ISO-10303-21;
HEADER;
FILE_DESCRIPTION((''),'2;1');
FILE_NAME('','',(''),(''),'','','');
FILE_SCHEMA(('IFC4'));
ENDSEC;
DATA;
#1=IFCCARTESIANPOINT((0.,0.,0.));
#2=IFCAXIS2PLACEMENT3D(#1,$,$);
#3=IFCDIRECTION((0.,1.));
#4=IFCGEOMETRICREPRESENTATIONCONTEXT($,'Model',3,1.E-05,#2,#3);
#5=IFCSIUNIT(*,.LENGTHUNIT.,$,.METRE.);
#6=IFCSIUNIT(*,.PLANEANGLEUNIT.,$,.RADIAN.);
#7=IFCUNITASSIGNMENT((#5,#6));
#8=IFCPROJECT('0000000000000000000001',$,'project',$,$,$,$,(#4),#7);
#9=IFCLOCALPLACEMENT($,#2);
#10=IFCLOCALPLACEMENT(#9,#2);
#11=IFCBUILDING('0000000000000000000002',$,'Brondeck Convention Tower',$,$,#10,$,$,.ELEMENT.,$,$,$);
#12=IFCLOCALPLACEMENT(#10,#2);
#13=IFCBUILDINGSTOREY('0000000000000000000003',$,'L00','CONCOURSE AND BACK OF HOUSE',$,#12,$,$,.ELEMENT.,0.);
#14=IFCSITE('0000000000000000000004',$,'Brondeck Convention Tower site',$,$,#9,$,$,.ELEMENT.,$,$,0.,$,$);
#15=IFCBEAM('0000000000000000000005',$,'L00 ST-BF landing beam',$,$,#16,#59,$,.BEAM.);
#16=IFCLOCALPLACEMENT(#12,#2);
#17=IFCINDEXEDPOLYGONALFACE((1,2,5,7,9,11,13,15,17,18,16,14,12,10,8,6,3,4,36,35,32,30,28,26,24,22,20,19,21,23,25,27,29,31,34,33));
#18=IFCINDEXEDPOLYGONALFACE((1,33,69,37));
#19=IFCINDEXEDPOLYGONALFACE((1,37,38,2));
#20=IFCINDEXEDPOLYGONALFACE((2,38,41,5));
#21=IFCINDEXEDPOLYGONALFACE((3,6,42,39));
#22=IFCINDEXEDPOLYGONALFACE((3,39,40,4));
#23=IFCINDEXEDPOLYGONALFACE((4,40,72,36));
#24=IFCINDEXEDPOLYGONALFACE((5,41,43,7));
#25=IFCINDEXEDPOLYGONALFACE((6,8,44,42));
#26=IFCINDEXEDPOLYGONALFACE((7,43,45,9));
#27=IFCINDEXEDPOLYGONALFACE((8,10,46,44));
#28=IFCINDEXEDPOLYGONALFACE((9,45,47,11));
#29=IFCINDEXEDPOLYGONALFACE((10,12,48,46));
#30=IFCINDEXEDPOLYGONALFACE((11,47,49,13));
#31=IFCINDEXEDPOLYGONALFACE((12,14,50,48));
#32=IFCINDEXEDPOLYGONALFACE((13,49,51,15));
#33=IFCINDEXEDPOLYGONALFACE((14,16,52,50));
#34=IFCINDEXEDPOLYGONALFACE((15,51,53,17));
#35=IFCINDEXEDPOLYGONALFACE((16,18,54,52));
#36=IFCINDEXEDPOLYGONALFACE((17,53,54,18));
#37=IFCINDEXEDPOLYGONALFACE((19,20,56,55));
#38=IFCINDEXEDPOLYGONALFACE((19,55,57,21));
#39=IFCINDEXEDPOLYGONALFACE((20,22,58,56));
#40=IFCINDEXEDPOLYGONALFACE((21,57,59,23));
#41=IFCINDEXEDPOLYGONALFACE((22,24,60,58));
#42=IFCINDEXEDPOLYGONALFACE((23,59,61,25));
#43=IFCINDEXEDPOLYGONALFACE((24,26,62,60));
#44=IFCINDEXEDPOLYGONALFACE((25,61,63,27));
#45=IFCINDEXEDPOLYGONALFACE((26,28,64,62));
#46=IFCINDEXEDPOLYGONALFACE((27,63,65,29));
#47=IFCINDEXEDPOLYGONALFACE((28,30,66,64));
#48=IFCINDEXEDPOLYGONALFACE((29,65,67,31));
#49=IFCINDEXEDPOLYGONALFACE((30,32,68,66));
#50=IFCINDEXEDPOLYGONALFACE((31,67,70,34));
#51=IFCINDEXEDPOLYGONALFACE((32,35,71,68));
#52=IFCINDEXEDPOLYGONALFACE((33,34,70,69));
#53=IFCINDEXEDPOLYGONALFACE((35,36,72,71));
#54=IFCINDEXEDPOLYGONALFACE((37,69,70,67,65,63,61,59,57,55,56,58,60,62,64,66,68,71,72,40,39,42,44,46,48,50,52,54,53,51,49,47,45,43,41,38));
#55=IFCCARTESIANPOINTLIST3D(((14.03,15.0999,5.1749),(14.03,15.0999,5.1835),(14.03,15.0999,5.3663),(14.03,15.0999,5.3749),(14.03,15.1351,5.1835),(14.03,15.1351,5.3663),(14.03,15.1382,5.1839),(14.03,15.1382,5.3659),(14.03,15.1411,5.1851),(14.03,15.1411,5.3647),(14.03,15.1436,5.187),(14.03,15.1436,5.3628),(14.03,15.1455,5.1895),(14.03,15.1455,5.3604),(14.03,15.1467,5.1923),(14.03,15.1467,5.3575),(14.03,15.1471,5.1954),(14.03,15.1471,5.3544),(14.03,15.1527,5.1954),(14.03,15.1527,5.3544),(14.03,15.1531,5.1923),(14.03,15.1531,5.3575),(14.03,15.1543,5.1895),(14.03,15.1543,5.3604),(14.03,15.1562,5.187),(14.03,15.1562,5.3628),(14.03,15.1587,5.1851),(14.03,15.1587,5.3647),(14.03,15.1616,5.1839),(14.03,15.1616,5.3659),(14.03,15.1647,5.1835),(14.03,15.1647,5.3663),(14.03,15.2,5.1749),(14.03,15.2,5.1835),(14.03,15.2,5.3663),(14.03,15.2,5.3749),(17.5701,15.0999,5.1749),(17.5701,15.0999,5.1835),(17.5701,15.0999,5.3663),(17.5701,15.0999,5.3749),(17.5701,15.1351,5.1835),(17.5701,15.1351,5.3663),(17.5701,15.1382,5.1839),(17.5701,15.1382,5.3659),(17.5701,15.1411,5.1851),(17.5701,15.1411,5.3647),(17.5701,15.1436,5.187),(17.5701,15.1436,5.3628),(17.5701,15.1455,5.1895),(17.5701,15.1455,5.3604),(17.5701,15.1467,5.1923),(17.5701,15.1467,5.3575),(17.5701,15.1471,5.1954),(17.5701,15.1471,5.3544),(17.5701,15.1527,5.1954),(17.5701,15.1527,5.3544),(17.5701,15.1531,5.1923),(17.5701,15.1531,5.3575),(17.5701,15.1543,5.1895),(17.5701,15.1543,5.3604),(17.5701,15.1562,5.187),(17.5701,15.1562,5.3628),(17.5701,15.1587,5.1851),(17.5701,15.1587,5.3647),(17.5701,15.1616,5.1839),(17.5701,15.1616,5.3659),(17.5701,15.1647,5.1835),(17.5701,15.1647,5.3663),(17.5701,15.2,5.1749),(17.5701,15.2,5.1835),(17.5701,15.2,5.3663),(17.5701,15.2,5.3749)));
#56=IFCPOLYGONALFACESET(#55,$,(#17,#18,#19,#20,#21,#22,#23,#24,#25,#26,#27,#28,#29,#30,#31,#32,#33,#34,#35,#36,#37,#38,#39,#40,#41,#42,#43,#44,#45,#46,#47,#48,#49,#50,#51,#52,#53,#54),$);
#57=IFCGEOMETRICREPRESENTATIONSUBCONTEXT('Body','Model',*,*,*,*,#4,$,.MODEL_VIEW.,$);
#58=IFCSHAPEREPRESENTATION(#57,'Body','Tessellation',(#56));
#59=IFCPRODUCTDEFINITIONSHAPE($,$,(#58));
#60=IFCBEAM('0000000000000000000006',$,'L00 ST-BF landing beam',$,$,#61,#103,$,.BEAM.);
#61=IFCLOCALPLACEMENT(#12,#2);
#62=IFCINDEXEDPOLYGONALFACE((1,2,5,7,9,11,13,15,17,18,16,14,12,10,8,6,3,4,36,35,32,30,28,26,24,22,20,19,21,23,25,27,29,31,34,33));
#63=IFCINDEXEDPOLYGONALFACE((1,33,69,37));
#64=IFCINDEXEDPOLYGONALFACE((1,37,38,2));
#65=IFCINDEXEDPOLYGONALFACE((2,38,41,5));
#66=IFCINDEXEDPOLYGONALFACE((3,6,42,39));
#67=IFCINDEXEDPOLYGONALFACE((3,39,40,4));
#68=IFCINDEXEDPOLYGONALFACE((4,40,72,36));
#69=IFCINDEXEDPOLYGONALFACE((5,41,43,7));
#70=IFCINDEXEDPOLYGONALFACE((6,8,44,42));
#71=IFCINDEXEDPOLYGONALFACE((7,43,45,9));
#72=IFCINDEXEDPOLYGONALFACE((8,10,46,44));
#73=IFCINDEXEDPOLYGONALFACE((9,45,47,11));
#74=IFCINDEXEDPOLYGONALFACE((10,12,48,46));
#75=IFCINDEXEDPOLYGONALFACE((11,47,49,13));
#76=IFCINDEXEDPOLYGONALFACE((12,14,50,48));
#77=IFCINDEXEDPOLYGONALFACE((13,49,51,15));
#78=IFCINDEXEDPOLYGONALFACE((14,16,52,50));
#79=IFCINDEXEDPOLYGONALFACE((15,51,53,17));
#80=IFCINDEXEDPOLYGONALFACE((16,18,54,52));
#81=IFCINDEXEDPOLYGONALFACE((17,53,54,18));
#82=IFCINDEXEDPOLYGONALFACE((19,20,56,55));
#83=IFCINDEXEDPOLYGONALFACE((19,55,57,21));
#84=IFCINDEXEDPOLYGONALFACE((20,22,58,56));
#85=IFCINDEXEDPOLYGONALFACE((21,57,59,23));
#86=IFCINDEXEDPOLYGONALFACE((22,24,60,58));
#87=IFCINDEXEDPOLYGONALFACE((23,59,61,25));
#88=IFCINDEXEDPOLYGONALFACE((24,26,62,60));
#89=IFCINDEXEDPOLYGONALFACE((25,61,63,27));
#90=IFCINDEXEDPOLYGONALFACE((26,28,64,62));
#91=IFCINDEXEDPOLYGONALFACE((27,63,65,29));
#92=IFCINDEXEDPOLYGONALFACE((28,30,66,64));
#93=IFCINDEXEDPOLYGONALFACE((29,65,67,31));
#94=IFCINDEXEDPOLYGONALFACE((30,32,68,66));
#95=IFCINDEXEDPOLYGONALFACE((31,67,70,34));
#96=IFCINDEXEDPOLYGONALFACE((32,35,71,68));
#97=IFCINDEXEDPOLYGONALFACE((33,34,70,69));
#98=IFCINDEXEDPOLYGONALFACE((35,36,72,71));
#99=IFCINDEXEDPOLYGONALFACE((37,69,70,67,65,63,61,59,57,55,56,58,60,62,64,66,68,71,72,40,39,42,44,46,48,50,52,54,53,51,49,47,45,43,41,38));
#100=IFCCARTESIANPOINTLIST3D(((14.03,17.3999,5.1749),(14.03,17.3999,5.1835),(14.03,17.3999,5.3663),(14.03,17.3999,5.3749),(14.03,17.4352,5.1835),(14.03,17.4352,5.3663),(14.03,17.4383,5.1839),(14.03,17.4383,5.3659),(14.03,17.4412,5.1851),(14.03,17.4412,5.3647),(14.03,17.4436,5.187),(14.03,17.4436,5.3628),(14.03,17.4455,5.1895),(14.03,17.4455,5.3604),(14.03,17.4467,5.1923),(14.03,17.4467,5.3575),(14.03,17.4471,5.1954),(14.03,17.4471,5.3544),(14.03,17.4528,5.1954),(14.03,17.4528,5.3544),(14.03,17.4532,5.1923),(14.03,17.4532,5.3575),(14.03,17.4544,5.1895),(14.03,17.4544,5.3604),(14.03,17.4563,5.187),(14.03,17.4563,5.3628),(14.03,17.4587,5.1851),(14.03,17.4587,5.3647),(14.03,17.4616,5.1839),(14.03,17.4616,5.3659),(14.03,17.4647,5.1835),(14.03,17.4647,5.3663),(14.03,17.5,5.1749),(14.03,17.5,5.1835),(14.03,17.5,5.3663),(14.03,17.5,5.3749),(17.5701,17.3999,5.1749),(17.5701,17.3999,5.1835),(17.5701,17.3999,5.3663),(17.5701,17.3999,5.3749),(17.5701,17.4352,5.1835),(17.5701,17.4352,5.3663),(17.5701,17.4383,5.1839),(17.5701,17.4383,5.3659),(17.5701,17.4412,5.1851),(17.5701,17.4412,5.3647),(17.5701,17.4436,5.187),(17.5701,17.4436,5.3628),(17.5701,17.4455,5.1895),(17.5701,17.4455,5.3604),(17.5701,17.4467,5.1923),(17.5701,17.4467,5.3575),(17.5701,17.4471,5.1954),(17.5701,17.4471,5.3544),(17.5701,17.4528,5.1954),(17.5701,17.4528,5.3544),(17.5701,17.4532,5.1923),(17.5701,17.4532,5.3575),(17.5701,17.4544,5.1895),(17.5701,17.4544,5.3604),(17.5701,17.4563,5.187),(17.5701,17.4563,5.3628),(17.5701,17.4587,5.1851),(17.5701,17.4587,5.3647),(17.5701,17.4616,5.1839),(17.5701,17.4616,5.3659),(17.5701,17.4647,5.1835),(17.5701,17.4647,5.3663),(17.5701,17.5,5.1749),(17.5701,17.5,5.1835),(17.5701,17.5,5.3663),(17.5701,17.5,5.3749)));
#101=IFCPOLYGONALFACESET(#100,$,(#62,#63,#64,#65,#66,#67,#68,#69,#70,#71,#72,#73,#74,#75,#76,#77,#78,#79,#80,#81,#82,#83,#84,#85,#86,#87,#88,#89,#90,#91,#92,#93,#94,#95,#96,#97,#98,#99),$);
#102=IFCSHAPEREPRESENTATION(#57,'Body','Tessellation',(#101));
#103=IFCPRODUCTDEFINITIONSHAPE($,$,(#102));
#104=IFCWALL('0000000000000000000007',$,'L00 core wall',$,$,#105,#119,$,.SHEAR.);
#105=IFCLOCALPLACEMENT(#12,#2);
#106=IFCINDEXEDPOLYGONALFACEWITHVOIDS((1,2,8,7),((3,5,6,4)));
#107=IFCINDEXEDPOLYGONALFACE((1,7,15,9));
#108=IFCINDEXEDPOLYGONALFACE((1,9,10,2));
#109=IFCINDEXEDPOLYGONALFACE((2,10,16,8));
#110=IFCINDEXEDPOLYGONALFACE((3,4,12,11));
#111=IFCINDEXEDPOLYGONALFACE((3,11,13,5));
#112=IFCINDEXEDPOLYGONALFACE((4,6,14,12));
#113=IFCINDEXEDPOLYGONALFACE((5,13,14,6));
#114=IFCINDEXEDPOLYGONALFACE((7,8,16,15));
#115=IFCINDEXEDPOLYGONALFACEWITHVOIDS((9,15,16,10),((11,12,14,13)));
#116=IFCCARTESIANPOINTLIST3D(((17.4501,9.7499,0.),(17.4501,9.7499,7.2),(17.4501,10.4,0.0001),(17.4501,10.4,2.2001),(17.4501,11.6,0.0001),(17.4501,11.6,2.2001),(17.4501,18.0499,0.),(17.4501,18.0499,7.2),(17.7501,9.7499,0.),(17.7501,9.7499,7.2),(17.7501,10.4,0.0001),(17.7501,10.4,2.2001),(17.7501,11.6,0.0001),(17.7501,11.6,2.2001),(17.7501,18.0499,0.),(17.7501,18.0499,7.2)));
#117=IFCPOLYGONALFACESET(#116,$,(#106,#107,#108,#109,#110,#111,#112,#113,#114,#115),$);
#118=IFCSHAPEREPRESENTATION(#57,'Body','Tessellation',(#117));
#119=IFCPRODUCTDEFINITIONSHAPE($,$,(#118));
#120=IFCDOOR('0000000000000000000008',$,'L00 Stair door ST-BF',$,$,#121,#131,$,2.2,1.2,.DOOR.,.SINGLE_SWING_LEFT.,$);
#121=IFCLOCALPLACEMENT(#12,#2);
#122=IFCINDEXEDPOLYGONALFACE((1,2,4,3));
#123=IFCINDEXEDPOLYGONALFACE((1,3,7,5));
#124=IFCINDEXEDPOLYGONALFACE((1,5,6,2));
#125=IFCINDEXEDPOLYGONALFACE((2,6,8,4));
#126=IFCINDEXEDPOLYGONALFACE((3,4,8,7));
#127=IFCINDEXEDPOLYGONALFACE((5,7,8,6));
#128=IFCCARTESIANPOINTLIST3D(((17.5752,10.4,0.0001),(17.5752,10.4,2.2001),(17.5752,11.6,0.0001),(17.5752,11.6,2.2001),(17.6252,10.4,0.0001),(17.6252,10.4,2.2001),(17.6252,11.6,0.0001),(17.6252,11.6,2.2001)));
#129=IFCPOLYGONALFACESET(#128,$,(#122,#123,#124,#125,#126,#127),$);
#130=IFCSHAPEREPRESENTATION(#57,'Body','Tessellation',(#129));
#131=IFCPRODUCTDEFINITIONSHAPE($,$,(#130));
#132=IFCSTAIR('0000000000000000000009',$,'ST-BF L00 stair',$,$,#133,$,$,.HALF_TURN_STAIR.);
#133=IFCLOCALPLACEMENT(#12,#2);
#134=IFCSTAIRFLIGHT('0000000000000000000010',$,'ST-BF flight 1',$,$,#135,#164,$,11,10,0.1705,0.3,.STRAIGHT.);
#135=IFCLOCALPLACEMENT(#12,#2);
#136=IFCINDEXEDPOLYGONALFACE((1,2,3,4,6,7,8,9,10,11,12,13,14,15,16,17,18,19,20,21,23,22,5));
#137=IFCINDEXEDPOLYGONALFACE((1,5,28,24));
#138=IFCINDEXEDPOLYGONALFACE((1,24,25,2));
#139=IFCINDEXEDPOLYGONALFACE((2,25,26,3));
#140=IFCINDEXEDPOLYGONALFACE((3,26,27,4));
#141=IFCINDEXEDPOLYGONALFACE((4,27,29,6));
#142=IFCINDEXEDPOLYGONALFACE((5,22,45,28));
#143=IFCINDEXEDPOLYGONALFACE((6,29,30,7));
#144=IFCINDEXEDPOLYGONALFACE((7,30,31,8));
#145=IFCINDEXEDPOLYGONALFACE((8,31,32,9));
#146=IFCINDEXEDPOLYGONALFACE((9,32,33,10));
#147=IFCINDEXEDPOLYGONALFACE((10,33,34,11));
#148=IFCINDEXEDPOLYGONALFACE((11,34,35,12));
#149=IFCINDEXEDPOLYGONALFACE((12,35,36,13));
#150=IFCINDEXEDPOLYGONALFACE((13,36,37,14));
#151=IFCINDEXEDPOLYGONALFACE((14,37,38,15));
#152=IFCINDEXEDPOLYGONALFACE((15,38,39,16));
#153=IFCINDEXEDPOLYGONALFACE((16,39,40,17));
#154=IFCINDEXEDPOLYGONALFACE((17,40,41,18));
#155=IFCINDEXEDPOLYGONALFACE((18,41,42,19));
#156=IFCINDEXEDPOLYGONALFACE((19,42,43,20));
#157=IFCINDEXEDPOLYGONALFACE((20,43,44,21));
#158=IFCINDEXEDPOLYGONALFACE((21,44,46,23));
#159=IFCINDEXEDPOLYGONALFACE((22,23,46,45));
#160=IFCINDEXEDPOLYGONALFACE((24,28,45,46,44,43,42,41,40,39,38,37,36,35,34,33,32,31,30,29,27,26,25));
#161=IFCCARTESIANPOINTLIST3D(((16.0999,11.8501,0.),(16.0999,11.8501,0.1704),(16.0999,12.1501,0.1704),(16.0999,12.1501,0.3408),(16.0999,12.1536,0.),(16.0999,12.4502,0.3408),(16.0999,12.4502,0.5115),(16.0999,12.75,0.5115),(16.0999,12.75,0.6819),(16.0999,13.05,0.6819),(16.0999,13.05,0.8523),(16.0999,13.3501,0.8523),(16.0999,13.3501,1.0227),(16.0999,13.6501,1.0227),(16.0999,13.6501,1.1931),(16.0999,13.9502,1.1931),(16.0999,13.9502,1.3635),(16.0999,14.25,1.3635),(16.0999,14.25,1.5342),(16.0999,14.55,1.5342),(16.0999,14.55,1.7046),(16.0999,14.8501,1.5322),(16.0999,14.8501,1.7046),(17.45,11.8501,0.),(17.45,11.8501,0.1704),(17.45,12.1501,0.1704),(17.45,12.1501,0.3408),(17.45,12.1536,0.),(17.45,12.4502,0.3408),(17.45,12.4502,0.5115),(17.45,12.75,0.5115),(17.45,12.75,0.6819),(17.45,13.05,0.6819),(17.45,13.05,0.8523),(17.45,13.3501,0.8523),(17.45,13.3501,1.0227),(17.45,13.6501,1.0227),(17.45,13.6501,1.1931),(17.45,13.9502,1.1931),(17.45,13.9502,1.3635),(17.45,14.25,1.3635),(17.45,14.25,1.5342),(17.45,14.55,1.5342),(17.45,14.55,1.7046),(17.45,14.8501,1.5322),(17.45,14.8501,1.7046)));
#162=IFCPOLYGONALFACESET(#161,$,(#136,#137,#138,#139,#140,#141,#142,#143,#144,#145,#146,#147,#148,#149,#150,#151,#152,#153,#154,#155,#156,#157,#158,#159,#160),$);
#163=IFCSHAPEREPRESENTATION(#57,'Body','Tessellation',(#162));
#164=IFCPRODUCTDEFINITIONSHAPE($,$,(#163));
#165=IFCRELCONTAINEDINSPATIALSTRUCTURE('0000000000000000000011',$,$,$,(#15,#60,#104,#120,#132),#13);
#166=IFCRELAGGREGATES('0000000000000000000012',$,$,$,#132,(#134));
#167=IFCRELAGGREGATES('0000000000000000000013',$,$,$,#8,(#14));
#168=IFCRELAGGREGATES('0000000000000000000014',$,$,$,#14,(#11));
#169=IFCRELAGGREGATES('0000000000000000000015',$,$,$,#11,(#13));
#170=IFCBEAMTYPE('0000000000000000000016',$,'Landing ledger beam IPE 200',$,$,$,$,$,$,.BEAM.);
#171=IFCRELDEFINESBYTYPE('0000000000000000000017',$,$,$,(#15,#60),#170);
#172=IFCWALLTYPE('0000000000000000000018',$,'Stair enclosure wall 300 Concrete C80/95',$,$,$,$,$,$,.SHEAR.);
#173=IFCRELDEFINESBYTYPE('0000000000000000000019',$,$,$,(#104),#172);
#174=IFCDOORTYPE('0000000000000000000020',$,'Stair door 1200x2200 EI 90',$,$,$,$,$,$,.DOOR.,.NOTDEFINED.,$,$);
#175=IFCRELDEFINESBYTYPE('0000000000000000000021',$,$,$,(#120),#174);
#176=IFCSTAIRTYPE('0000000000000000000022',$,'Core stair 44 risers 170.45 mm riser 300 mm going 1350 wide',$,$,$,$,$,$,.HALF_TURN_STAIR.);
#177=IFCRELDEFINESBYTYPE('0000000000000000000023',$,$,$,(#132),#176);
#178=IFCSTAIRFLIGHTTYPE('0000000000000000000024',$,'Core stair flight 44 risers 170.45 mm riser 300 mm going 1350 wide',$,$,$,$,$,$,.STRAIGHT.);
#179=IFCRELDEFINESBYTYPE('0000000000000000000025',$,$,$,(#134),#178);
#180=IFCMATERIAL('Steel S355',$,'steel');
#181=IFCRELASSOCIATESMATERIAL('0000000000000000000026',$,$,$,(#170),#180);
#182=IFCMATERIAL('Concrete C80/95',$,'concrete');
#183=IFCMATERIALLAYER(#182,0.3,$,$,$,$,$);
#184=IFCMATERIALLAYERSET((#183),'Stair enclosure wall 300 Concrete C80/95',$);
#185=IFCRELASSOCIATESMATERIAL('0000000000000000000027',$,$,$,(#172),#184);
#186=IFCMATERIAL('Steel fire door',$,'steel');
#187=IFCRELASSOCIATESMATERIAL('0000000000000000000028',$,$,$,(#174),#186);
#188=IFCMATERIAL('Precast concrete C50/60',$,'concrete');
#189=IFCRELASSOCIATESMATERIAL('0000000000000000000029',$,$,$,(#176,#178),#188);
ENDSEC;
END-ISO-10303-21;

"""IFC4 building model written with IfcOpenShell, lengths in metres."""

from ifc_helpers import new_model, si_unit, direction, frame, frame_2d, origin, origin_2d, place, context, subcontext, project, spatial, polyline, rectangle, i_section, outline, extrude, material, layer, layer_set, material_profile, profile_set, type_object, element, fill, aggregate, save


model = new_model("IFC4")

# Units and contexts
model_context = context("Model", 3, precision=1e-05, world=origin(), true_north=direction((0.0, 1.0)))
body_context = subcontext(model_context, "Body", "Model", "MODEL_VIEW")
ifc_project = project(units=[si_unit("LENGTHUNIT", "METRE"), si_unit("PLANEANGLEUNIT", "RADIAN")], contexts=[model_context])

# Site, building, storey
site_placement = place(None, origin())
site = spatial("IfcSite", under=ifc_project, at=site_placement, Name="Brondeck Convention Tower site", CompositionType="ELEMENT", RefElevation=0.0)
building_placement = place(site_placement, origin())
building = spatial("IfcBuilding", under=site, at=building_placement, Name="Brondeck Convention Tower", CompositionType="ELEMENT")
storey_placement = place(building_placement, origin())
storey = spatial("IfcBuildingStorey", under=building, at=storey_placement, Name="L00", Description="CONCOURSE AND BACK OF HOUSE", CompositionType="ELEMENT", Elevation=0.0)

# Beams
ifc_material_1 = material(Name="Steel S355", Category="steel")
ifc_material_profile = material_profile(ifc_material_1, i_section(OverallWidth=0.1001, OverallDepth=0.2, WebThickness=0.0056, FlangeThickness=0.0085, FilletRadius=0.012, at=origin_2d()), Name="IPE200")
ifc_profile_set = profile_set([ifc_material_profile], Name="Steel S355")
beam_type = type_object("IfcBeamType", Name="Landing ledger beam IPE 200", PredefinedType="BEAM", material=ifc_profile_set)
for number, where, z_axis, x_axis, name in (
    (1, (17.5701, 15.1499, 5.2749), (-1.0, 0.0, 0.0), (0.0, -1.0, 0.0), "L00 ST-BF landing beam"),
    (2, (17.5701, 17.45, 5.2749), (-1.0, 0.0, 0.0), (0.0, -1.0, 0.0), "L00 ST-BF landing beam"),
):
    element("IfcBeam", number, at=place(storey_placement, frame(where, z_axis=z_axis, x_axis=x_axis)), inside=storey, type_object=beam_type, Name=name, PredefinedType="BEAM", context=body_context, shape_type="SweptSolid", body=[
        extrude(i_section(OverallWidth=0.1001, OverallDepth=0.2, WebThickness=0.0056, FlangeThickness=0.0085, FilletRadius=0.012, at=origin_2d()), origin(), (0.0, 0.0, 1.0), 3.54),
    ])

# Wall, opening, door
ifc_material_2 = material(Name="Concrete C80/95", Category="concrete")
ifc_layer = layer(ifc_material_2, 0.3)
ifc_layer_set = layer_set([ifc_layer], Name="Stair enclosure wall 300 Concrete C80/95")
wall_type = type_object("IfcWallType", Name="Stair enclosure wall 300 Concrete C80/95", PredefinedType="SHEAR", material=ifc_layer_set)
wall_placement = place(storey_placement, frame((17.6001, 9.75, 0.0), z_axis=(0.0, 0.0, 1.0), x_axis=(0.0, 1.0, 0.0)))
wall = element("IfcWall", 3, at=wall_placement, inside=storey, type_object=wall_type, Name="L00 core wall", PredefinedType="SHEAR", context=body_context, shape_type="SweptSolid", body=[
    extrude(rectangle(XDim=8.3, YDim=0.3, at=frame_2d((4.1499, 0.0))), origin(), (0.0, 0.0, 1.0), 7.2),
])
opening_placement = place(wall_placement, frame((0.6499, 0.0, 0.0)))
opening = element("IfcOpeningElement", 4, at=opening_placement, cuts=wall, PredefinedType="OPENING", context=body_context, shape_type="SweptSolid", body=[
    extrude(rectangle(XDim=1.2, YDim=2.2, at=frame_2d((0.6001, 1.1001))), frame((0.0, 0.1599, 0.0), z_axis=(0.0, -1.0, 0.0), x_axis=(1.0, 0.0, 0.0)), (0.0, 0.0, 1.0), 0.3201),
])
ifc_material_3 = material(Name="Steel fire door", Category="steel")
door_type = type_object("IfcDoorType", Name="Stair door 1200x2200 EI 90", OperationType="NOTDEFINED", PredefinedType="DOOR", material=ifc_material_3)
door_placement = place(opening_placement, origin())
door = element("IfcDoor", 5, at=door_placement, inside=storey, type_object=door_type, Name="L00 Stair door ST-BF", OperationType="SINGLE_SWING_LEFT", OverallHeight=2.2, OverallWidth=1.2, PredefinedType="DOOR", context=body_context, shape_type="SweptSolid", body=[
    extrude(rectangle(XDim=1.2, YDim=2.2, at=frame_2d((0.6001, 1.1001))), frame((0.0, 0.0249, 0.0), z_axis=(0.0, -1.0, 0.0), x_axis=(1.0, 0.0, 0.0)), (0.0, 0.0, 1.0), 0.05),
])
fill(opening, door)

# Stair, stair flight
ifc_material_4 = material(Name="Precast concrete C50/60", Category="concrete")
stair_type = type_object("IfcStairType", Name="Core stair 44 risers 170.45 mm riser 300 mm going 1350 wide", PredefinedType="HALF_TURN_STAIR", material=ifc_material_4)
stair_placement = place(storey_placement, origin())
stair = element("IfcStair", 6, at=stair_placement, inside=storey, type_object=stair_type, Name="ST-BF L00 stair", PredefinedType="HALF_TURN_STAIR")
stair_flight_type = type_object("IfcStairFlightType", Name="Core stair flight 44 risers 170.45 mm riser 300 mm going 1350 wide", PredefinedType="STRAIGHT", material=ifc_material_4)
stair_flight_1_placement = place(storey_placement, frame((16.7749, 11.8501, 0.0), z_axis=(0.0, 0.0, 1.0), x_axis=(0.0, 1.0, 0.0)))
stair_flight_1 = element("IfcStairFlight", 7, at=stair_flight_1_placement, type_object=stair_flight_type, Name="ST-BF flight 1", NumberOfRisers=11, NumberOfTreads=10, PredefinedType="STRAIGHT", RiserHeight=0.1705, TreadLength=0.3, context=body_context, shape_type="SweptSolid", body=[
    extrude(outline(polyline([(0.0, 0.0), (0.0, 0.1704), (0.3, 0.1704), (0.3, 0.3408), (0.6001, 0.3408), (0.6001, 0.5115), (0.8999, 0.5115), (0.8999, 0.6819), (1.2, 0.6819), (1.2, 0.8523), (1.5, 0.8523), (1.5, 1.0227), (1.8, 1.0227), (1.8, 1.1931), (2.1001, 1.1931), (2.1001, 1.3635), (2.3999, 1.3635), (2.3999, 1.5342), (2.7, 1.5342), (2.7, 1.7046), (3.0, 1.7046), (3.0, 1.875), (3.0, 1.5322), (0.3035, 0.0), (0.0, 0.0)])), frame((0.0, 0.675, 0.0), z_axis=(0.0, -1.0, 0.0), x_axis=(1.0, 0.0, 0.0)), (0.0, 0.0, 1.0), 1.3501),
])
aggregate(stair, [stair_flight_1])

save(model, "model.ifc")
